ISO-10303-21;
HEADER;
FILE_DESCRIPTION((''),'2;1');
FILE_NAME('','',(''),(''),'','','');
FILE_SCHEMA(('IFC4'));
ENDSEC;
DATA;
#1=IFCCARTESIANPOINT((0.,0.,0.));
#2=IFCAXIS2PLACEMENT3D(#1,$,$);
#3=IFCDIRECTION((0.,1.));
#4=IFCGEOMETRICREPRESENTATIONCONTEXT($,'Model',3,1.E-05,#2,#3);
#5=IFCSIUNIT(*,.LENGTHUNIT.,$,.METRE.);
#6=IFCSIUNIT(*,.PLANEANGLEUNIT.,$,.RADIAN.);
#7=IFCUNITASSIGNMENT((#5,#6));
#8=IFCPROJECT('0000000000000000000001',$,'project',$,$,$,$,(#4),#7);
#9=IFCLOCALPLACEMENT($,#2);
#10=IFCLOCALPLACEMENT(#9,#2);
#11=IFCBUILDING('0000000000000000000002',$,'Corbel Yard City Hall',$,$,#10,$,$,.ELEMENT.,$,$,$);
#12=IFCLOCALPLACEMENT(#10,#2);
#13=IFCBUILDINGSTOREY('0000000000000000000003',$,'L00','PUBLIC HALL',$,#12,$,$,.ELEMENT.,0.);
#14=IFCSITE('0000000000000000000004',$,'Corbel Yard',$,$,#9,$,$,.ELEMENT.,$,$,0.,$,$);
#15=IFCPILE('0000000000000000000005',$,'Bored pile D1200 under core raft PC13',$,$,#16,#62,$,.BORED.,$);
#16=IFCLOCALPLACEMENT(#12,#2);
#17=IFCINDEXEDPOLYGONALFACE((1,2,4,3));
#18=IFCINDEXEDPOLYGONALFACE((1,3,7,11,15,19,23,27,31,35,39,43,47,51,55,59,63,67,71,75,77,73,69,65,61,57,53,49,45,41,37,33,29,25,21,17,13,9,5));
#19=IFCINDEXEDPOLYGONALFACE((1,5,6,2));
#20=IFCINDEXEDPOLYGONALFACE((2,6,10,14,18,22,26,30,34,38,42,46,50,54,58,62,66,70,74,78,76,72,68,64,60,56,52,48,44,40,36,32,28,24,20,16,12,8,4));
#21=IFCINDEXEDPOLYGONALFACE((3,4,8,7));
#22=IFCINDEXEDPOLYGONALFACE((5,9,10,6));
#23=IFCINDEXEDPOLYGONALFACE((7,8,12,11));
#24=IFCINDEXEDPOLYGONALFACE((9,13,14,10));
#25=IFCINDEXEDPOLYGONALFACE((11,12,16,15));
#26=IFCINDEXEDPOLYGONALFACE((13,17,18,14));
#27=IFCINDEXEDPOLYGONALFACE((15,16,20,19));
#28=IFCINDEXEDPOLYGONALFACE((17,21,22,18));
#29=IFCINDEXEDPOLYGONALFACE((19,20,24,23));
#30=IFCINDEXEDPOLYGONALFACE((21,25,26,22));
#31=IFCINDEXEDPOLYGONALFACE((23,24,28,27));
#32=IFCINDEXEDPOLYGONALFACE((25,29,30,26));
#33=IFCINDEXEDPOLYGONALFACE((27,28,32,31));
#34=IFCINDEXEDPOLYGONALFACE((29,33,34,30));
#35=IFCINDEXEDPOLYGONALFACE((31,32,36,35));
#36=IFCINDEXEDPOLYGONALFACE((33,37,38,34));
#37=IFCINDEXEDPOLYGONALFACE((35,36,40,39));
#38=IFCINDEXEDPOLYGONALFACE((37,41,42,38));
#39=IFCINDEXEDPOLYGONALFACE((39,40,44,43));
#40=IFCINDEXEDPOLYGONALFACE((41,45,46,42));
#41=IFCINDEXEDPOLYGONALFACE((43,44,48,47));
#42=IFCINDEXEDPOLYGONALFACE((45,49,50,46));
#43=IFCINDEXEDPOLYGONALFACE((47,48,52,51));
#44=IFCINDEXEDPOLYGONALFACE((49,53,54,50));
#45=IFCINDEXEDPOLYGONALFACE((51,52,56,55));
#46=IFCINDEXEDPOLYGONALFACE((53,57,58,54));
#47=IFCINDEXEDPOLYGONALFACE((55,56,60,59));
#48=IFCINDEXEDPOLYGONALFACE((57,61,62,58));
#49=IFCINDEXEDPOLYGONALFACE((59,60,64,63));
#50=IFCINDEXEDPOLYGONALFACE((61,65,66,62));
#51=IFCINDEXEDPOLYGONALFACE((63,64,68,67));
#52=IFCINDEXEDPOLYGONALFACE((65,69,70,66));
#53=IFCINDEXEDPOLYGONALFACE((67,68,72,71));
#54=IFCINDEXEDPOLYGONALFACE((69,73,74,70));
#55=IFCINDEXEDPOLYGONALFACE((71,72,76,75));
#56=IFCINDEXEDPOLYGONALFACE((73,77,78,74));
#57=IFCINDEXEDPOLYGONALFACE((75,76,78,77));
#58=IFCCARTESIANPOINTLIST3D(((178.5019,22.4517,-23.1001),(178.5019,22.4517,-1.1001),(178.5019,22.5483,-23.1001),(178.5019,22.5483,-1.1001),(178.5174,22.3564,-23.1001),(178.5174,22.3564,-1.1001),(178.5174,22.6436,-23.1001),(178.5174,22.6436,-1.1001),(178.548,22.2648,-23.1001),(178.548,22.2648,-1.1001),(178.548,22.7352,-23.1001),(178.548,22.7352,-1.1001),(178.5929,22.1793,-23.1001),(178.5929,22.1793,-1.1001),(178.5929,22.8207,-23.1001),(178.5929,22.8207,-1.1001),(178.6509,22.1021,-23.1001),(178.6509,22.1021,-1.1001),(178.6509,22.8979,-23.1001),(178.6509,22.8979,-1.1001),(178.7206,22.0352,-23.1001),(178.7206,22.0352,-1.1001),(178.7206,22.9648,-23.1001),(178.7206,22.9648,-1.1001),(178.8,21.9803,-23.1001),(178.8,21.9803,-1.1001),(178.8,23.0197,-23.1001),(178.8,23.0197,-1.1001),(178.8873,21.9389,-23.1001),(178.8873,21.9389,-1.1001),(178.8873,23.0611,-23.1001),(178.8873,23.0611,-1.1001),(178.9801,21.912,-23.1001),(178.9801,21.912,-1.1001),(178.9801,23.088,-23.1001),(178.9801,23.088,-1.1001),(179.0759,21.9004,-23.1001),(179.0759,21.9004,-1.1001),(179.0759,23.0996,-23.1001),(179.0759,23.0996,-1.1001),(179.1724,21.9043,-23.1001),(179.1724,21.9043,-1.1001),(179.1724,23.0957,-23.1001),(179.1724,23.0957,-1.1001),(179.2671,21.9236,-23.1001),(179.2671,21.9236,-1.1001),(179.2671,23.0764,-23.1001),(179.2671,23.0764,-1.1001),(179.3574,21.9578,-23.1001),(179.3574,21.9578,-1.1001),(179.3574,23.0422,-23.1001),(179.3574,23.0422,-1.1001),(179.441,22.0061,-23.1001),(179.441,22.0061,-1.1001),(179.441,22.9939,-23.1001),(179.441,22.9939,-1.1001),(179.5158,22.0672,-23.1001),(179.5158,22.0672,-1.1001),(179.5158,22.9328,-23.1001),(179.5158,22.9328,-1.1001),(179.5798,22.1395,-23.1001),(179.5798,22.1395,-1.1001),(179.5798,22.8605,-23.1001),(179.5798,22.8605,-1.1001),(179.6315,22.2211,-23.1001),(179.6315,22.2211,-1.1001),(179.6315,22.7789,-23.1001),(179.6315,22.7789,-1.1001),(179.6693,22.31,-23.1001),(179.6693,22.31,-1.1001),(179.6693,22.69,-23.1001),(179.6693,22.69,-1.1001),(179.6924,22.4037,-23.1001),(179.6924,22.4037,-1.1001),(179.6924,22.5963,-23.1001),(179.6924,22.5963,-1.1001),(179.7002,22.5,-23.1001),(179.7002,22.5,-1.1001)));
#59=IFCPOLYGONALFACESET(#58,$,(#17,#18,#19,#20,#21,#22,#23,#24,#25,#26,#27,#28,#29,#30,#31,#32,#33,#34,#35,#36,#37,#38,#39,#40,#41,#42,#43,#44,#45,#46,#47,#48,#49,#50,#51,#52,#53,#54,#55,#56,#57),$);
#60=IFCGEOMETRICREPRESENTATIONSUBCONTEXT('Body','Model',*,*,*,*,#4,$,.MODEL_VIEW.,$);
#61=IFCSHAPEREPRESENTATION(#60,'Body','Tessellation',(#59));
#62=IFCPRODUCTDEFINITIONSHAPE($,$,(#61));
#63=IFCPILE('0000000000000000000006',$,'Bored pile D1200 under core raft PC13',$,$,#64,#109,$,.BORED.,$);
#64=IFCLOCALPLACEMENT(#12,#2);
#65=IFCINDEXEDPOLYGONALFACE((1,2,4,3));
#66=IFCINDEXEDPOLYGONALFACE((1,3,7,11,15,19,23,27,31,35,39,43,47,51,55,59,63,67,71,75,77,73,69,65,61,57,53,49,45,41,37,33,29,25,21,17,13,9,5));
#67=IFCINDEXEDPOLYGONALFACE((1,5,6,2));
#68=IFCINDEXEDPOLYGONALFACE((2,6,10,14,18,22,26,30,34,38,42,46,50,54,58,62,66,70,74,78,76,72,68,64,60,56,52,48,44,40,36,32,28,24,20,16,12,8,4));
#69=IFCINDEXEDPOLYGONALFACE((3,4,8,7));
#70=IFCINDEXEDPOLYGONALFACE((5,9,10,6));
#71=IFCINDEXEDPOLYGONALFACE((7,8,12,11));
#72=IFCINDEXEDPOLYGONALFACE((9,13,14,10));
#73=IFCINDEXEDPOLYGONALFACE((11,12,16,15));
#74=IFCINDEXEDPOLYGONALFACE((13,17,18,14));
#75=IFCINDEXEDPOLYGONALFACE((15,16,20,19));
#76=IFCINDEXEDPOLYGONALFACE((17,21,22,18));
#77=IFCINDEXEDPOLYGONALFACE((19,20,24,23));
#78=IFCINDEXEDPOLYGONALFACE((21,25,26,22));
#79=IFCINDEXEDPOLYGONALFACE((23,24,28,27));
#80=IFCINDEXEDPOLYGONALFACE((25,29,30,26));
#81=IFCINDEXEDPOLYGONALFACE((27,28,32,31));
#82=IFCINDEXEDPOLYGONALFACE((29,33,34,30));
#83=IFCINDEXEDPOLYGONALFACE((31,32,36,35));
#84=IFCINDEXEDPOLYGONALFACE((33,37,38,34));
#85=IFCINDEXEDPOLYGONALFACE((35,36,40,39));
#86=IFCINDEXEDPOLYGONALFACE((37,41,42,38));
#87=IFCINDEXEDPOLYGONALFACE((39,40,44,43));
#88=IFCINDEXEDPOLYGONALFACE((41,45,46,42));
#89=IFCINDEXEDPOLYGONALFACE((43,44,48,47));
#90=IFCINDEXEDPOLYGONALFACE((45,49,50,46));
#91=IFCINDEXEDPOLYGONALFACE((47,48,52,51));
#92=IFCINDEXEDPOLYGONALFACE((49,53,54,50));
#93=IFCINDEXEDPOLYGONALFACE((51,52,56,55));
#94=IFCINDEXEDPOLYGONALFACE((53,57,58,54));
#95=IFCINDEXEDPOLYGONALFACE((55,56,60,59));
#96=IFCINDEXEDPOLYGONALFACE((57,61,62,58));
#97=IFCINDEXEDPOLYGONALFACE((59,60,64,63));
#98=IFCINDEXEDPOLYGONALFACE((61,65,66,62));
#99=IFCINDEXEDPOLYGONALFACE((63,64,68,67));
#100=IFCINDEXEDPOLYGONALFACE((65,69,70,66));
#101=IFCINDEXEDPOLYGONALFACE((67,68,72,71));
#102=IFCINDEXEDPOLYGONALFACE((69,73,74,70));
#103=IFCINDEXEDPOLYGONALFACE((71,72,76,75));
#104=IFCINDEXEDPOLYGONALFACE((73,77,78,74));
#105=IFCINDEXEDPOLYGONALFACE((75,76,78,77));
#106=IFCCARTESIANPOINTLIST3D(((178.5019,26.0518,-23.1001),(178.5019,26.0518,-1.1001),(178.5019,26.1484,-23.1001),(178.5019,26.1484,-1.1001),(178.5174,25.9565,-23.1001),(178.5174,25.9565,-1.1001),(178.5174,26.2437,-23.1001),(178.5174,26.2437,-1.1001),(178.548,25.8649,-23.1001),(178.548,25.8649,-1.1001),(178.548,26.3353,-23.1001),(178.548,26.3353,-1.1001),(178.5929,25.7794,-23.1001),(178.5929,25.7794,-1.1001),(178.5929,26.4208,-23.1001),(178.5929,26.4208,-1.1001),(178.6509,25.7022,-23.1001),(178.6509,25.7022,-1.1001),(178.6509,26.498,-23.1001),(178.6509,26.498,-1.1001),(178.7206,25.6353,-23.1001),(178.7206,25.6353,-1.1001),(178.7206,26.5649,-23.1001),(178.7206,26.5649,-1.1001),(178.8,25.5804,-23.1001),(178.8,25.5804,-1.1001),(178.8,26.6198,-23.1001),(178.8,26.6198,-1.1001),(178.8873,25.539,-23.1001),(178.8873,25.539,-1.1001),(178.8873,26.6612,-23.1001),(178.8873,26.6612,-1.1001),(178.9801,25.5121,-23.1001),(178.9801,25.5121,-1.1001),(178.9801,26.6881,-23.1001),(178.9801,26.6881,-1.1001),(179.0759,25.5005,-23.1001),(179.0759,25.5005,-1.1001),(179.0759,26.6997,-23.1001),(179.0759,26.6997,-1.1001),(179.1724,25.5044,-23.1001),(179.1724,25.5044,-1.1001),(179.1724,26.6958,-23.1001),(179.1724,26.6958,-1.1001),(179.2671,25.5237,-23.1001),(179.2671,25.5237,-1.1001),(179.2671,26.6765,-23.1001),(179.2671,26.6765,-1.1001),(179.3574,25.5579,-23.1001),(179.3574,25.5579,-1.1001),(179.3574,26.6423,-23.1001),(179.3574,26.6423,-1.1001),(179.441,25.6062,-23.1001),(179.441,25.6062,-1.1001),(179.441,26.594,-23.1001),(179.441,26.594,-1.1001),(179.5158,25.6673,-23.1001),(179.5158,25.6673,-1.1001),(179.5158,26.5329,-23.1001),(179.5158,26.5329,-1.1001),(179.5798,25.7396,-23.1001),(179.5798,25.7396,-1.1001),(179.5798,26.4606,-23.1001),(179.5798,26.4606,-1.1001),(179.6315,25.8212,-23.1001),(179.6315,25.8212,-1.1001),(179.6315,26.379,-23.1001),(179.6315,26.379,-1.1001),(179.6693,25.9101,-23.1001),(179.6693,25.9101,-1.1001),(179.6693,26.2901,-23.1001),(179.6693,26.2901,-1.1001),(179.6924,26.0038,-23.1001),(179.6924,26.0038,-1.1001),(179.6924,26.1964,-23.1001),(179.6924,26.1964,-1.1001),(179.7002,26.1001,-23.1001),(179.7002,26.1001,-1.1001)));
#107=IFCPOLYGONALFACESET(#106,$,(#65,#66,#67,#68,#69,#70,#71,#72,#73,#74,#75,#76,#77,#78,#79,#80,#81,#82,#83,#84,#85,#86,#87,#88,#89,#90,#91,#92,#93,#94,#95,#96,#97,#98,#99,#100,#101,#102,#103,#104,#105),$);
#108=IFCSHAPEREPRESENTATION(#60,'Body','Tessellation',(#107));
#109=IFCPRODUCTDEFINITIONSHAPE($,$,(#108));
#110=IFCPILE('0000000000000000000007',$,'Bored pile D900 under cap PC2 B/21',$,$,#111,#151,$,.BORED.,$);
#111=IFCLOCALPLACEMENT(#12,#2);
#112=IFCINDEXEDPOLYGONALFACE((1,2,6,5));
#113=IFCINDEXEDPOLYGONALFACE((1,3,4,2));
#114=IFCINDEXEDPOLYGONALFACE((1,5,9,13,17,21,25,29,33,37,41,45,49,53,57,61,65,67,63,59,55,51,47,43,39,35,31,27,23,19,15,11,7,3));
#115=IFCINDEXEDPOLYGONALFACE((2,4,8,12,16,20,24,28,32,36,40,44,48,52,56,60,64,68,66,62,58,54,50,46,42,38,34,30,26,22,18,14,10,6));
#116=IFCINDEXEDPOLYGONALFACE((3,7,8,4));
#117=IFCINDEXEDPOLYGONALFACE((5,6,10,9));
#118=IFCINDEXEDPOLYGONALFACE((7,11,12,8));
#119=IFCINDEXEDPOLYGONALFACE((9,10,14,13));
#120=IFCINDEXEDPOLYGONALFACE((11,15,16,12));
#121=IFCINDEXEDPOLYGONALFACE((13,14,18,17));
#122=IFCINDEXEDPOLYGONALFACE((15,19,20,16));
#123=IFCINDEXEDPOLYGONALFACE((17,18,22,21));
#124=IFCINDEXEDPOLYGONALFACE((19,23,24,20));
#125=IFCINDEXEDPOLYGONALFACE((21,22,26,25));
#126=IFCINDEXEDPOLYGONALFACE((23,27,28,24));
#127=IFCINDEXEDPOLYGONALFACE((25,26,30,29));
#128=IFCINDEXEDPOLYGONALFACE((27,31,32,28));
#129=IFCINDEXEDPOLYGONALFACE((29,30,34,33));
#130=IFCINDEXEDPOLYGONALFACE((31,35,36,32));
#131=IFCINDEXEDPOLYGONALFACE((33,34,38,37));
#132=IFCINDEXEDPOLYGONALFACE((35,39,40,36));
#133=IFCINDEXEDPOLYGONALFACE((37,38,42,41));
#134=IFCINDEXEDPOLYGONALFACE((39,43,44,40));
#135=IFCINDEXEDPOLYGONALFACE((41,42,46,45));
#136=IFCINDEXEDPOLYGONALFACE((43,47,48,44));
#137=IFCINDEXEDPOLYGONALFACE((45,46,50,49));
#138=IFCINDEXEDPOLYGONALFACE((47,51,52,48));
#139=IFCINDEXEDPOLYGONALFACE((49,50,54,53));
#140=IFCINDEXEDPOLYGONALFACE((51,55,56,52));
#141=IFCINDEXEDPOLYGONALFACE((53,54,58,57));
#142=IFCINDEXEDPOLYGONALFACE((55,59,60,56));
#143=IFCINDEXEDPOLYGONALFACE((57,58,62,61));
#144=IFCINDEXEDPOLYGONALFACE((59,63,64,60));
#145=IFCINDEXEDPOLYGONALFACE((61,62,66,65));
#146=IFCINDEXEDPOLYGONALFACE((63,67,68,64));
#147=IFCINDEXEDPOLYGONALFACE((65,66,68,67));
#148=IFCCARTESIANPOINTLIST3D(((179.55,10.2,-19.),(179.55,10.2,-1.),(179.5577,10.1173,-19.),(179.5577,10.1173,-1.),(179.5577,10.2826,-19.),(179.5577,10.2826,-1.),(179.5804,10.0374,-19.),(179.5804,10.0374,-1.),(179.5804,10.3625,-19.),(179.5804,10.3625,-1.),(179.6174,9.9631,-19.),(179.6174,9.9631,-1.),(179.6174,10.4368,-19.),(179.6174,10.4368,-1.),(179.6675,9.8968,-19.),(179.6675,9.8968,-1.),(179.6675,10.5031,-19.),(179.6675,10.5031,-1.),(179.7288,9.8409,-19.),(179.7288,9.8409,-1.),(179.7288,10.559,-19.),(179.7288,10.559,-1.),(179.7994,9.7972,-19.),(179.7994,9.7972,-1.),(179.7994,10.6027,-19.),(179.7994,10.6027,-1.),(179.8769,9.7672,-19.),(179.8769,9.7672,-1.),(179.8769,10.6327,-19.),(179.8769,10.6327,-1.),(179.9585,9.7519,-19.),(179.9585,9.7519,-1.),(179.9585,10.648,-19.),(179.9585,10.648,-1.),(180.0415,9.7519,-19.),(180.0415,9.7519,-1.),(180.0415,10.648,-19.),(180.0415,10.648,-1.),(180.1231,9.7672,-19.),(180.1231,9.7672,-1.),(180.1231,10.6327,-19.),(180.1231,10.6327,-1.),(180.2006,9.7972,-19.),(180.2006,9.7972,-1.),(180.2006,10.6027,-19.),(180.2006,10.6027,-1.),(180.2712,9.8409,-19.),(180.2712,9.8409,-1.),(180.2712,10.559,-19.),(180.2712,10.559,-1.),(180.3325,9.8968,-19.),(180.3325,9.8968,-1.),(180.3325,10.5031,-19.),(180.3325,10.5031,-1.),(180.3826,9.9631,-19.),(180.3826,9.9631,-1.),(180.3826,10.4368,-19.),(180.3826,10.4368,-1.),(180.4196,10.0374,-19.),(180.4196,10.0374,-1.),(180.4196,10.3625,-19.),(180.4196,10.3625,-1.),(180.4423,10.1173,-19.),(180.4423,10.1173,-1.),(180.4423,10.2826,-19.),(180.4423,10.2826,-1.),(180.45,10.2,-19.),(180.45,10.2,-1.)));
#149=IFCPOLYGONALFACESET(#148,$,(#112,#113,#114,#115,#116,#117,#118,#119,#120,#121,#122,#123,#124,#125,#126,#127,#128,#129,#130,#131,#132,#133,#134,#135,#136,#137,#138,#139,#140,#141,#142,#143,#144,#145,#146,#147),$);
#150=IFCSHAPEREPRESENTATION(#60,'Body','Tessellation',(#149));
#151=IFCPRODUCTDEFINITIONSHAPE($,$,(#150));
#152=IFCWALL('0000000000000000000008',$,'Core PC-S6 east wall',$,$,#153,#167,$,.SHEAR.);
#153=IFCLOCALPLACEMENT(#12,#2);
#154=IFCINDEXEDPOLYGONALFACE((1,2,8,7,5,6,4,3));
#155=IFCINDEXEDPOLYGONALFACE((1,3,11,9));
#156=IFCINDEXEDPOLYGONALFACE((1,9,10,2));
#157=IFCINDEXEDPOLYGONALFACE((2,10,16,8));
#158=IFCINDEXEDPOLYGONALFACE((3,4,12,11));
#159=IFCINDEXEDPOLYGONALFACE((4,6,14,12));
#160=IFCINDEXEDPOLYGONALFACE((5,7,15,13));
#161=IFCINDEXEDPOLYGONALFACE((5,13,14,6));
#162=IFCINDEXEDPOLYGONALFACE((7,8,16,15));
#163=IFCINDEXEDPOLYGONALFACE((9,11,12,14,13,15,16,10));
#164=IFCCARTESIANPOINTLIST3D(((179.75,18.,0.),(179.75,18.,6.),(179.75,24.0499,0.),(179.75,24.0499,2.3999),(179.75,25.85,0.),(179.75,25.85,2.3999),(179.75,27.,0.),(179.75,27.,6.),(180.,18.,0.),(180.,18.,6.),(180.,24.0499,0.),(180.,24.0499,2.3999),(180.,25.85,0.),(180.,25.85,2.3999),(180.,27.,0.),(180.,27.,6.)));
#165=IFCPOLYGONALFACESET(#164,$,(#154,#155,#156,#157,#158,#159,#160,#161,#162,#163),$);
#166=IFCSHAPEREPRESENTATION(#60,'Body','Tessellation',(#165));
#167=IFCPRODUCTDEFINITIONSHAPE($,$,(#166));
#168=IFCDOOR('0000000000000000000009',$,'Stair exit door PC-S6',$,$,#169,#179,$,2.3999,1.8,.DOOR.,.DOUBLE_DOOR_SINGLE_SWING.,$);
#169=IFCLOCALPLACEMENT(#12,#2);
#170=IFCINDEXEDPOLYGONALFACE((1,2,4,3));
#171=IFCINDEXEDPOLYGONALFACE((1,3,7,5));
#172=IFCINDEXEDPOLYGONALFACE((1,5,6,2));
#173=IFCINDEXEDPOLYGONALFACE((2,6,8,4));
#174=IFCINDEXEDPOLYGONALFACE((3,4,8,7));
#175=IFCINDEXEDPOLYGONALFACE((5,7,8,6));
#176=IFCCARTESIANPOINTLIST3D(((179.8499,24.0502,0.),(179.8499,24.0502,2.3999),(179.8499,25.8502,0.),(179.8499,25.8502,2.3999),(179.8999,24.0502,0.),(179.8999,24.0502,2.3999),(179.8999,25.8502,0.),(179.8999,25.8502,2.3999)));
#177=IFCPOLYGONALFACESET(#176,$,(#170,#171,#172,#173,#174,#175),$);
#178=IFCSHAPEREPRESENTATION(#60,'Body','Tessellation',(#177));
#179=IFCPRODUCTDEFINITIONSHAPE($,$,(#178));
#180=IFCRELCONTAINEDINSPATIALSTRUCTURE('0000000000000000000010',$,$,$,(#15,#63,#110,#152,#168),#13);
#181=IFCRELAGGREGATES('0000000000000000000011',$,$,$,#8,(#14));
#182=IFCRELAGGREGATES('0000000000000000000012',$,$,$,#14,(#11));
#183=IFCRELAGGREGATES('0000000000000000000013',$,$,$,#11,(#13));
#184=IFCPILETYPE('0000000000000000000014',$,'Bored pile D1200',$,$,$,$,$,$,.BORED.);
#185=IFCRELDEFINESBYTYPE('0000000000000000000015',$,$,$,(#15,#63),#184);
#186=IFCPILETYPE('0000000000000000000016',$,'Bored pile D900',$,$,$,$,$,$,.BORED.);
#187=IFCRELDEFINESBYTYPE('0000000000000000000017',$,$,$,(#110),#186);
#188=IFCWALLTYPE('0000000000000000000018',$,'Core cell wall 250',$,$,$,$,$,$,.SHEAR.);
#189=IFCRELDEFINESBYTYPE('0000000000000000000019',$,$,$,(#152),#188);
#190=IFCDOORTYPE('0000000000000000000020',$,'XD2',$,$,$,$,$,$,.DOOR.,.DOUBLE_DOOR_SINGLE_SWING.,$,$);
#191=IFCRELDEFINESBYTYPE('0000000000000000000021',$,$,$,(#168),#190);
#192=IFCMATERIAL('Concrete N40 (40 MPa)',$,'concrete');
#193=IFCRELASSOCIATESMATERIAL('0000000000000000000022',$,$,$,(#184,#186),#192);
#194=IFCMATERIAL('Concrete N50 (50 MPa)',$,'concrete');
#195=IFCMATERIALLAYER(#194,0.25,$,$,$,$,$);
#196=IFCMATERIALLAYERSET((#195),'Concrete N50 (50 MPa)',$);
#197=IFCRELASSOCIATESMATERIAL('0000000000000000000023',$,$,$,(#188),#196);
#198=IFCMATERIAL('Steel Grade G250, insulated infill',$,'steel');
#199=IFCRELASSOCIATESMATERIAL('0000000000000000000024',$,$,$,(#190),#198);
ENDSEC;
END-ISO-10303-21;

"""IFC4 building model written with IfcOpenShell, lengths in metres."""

from ifc_helpers import new_model, si_unit, direction, frame, frame_2d, origin, origin_2d, place, context, subcontext, project, spatial, rectangle, circle, extrude, material, layer, layer_set, material_profile, profile_set, type_object, element, fill, save


model = new_model("IFC4")

# Units and contexts
model_context = context("Model", 3, precision=1e-05, world=origin(), true_north=direction((0.0, 1.0)))
body_context = subcontext(model_context, "Body", "Model", "MODEL_VIEW")
ifc_project = project(units=[si_unit("LENGTHUNIT", "METRE"), si_unit("PLANEANGLEUNIT", "RADIAN")], contexts=[model_context])

# Site, building, storey
site_placement = place(None, origin())
site = spatial("IfcSite", under=ifc_project, at=site_placement, Name="Corbel Yard", CompositionType="ELEMENT", RefElevation=0.0)
building_placement = place(site_placement, origin())
building = spatial("IfcBuilding", under=site, at=building_placement, Name="Corbel Yard City Hall", CompositionType="ELEMENT")
storey_placement = place(building_placement, origin())
storey = spatial("IfcBuildingStorey", under=building, at=storey_placement, Name="L00", Description="PUBLIC HALL", CompositionType="ELEMENT", Elevation=0.0)

# Piles
ifc_material_1 = material(Name="Concrete N40 (40 MPa)", Category="concrete")
ifc_material_profile_1 = material_profile(ifc_material_1, circle(Radius=0.6001, at=origin_2d()), Name="D1200")
ifc_profile_set_1 = profile_set([ifc_material_profile_1], Name="Concrete N40 (40 MPa)")
pile_type_1 = type_object("IfcPileType", Name="Bored pile D1200", PredefinedType="BORED", material=ifc_profile_set_1)
for number, where, z_axis, x_axis, name in (
    (1, (179.1001, 22.5, -1.1001), (0.0, 0.0, -1.0), (1.0, 0.0, 0.0), "Bored pile D1200 under core raft PC13"),
    (2, (179.1001, 26.1001, -1.1001), (0.0, 0.0, -1.0), (1.0, 0.0, 0.0), "Bored pile D1200 under core raft PC13"),
):
    element("IfcPile", number, at=place(storey_placement, frame(where, z_axis=z_axis, x_axis=x_axis)), inside=storey, type_object=pile_type_1, Name=name, PredefinedType="BORED", context=body_context, shape_type="SweptSolid", body=[
        extrude(circle(Radius=0.6001, at=origin_2d()), origin(), (0.0, 0.0, 1.0), 22.0),
    ])
ifc_material_profile_2 = material_profile(ifc_material_1, circle(Radius=0.45, at=origin_2d()), Name="D900")
ifc_profile_set_2 = profile_set([ifc_material_profile_2], Name="Concrete N40 (40 MPa)")
pile_type_2 = type_object("IfcPileType", Name="Bored pile D900", PredefinedType="BORED", material=ifc_profile_set_2)
pile_placement = place(storey_placement, frame((180.0, 10.2, -1.0), z_axis=(0.0, 0.0, -1.0), x_axis=(1.0, 0.0, 0.0)))
element("IfcPile", 3, at=pile_placement, inside=storey, type_object=pile_type_2, Name="Bored pile D900 under cap PC2 B/21", PredefinedType="BORED", context=body_context, shape_type="SweptSolid", body=[
    extrude(circle(Radius=0.45, at=origin_2d()), origin(), (0.0, 0.0, 1.0), 18.0),
])

# Wall, opening, door
ifc_material_2 = material(Name="Concrete N50 (50 MPa)", Category="concrete")
ifc_layer_1 = layer(ifc_material_2, 0.25)
ifc_layer_set_1 = layer_set([ifc_layer_1], Name="Concrete N50 (50 MPa)")
wall_type_1 = type_object("IfcWallType", Name="Core cell wall 250", PredefinedType="SHEAR", material=ifc_layer_set_1)
wall_1_placement = place(storey_placement, frame((179.875, 18.0, 0.0), z_axis=(0.0, 0.0, 1.0), x_axis=(0.0, 1.0, 0.0)))
wall_1 = element("IfcWall", 4, at=wall_1_placement, inside=storey, type_object=wall_type_1, Name="Core PC-S6 east wall", PredefinedType="SHEAR", context=body_context, shape_type="SweptSolid", body=[
    extrude(rectangle(XDim=9.0, YDim=0.25, at=frame_2d((4.5, 0.0))), origin(), (0.0, 0.0, 1.0), 6.0),
])
opening_1_placement = place(wall_1_placement, frame((6.05, 0.0, 0.0)))
opening_1 = element("IfcOpeningElement", 5, at=opening_1_placement, cuts=wall_1, PredefinedType="OPENING", context=body_context, shape_type="SweptSolid", body=[
    extrude(rectangle(XDim=1.8, YDim=2.3999, at=frame_2d((0.8999, 1.2))), frame((0.0, 0.135, 0.0), z_axis=(0.0, -1.0, 0.0), x_axis=(1.0, 0.0, 0.0)), (0.0, 0.0, 1.0), 0.27),
])
ifc_material_3 = material(Name="Steel Grade G250, insulated infill", Category="steel")
door_type_1 = type_object("IfcDoorType", Name="XD2", OperationType="DOUBLE_DOOR_SINGLE_SWING", PredefinedType="DOOR", material=ifc_material_3)
door_1_placement = place(opening_1_placement, frame((1.8, 0.0, 0.0), z_axis=(0.0, 0.0, 1.0), x_axis=(-1.0, 0.0, 0.0)))
door_1 = element("IfcDoor", 6, at=door_1_placement, inside=storey, type_object=door_type_1, Name="Stair exit door PC-S6", OperationType="DOUBLE_DOOR_SINGLE_SWING", OverallHeight=2.3999, OverallWidth=1.8, PredefinedType="DOOR", context=body_context, shape_type="SweptSolid", body=[
    extrude(rectangle(XDim=1.8, YDim=2.3999, at=frame_2d((0.8999, 1.2))), frame((0.0, 0.0249, 0.0), z_axis=(0.0, -1.0, 0.0), x_axis=(1.0, 0.0, 0.0)), (0.0, 0.0, 1.0), 0.05),
])
fill(opening_1, door_1)

save(model, "model.ifc")
